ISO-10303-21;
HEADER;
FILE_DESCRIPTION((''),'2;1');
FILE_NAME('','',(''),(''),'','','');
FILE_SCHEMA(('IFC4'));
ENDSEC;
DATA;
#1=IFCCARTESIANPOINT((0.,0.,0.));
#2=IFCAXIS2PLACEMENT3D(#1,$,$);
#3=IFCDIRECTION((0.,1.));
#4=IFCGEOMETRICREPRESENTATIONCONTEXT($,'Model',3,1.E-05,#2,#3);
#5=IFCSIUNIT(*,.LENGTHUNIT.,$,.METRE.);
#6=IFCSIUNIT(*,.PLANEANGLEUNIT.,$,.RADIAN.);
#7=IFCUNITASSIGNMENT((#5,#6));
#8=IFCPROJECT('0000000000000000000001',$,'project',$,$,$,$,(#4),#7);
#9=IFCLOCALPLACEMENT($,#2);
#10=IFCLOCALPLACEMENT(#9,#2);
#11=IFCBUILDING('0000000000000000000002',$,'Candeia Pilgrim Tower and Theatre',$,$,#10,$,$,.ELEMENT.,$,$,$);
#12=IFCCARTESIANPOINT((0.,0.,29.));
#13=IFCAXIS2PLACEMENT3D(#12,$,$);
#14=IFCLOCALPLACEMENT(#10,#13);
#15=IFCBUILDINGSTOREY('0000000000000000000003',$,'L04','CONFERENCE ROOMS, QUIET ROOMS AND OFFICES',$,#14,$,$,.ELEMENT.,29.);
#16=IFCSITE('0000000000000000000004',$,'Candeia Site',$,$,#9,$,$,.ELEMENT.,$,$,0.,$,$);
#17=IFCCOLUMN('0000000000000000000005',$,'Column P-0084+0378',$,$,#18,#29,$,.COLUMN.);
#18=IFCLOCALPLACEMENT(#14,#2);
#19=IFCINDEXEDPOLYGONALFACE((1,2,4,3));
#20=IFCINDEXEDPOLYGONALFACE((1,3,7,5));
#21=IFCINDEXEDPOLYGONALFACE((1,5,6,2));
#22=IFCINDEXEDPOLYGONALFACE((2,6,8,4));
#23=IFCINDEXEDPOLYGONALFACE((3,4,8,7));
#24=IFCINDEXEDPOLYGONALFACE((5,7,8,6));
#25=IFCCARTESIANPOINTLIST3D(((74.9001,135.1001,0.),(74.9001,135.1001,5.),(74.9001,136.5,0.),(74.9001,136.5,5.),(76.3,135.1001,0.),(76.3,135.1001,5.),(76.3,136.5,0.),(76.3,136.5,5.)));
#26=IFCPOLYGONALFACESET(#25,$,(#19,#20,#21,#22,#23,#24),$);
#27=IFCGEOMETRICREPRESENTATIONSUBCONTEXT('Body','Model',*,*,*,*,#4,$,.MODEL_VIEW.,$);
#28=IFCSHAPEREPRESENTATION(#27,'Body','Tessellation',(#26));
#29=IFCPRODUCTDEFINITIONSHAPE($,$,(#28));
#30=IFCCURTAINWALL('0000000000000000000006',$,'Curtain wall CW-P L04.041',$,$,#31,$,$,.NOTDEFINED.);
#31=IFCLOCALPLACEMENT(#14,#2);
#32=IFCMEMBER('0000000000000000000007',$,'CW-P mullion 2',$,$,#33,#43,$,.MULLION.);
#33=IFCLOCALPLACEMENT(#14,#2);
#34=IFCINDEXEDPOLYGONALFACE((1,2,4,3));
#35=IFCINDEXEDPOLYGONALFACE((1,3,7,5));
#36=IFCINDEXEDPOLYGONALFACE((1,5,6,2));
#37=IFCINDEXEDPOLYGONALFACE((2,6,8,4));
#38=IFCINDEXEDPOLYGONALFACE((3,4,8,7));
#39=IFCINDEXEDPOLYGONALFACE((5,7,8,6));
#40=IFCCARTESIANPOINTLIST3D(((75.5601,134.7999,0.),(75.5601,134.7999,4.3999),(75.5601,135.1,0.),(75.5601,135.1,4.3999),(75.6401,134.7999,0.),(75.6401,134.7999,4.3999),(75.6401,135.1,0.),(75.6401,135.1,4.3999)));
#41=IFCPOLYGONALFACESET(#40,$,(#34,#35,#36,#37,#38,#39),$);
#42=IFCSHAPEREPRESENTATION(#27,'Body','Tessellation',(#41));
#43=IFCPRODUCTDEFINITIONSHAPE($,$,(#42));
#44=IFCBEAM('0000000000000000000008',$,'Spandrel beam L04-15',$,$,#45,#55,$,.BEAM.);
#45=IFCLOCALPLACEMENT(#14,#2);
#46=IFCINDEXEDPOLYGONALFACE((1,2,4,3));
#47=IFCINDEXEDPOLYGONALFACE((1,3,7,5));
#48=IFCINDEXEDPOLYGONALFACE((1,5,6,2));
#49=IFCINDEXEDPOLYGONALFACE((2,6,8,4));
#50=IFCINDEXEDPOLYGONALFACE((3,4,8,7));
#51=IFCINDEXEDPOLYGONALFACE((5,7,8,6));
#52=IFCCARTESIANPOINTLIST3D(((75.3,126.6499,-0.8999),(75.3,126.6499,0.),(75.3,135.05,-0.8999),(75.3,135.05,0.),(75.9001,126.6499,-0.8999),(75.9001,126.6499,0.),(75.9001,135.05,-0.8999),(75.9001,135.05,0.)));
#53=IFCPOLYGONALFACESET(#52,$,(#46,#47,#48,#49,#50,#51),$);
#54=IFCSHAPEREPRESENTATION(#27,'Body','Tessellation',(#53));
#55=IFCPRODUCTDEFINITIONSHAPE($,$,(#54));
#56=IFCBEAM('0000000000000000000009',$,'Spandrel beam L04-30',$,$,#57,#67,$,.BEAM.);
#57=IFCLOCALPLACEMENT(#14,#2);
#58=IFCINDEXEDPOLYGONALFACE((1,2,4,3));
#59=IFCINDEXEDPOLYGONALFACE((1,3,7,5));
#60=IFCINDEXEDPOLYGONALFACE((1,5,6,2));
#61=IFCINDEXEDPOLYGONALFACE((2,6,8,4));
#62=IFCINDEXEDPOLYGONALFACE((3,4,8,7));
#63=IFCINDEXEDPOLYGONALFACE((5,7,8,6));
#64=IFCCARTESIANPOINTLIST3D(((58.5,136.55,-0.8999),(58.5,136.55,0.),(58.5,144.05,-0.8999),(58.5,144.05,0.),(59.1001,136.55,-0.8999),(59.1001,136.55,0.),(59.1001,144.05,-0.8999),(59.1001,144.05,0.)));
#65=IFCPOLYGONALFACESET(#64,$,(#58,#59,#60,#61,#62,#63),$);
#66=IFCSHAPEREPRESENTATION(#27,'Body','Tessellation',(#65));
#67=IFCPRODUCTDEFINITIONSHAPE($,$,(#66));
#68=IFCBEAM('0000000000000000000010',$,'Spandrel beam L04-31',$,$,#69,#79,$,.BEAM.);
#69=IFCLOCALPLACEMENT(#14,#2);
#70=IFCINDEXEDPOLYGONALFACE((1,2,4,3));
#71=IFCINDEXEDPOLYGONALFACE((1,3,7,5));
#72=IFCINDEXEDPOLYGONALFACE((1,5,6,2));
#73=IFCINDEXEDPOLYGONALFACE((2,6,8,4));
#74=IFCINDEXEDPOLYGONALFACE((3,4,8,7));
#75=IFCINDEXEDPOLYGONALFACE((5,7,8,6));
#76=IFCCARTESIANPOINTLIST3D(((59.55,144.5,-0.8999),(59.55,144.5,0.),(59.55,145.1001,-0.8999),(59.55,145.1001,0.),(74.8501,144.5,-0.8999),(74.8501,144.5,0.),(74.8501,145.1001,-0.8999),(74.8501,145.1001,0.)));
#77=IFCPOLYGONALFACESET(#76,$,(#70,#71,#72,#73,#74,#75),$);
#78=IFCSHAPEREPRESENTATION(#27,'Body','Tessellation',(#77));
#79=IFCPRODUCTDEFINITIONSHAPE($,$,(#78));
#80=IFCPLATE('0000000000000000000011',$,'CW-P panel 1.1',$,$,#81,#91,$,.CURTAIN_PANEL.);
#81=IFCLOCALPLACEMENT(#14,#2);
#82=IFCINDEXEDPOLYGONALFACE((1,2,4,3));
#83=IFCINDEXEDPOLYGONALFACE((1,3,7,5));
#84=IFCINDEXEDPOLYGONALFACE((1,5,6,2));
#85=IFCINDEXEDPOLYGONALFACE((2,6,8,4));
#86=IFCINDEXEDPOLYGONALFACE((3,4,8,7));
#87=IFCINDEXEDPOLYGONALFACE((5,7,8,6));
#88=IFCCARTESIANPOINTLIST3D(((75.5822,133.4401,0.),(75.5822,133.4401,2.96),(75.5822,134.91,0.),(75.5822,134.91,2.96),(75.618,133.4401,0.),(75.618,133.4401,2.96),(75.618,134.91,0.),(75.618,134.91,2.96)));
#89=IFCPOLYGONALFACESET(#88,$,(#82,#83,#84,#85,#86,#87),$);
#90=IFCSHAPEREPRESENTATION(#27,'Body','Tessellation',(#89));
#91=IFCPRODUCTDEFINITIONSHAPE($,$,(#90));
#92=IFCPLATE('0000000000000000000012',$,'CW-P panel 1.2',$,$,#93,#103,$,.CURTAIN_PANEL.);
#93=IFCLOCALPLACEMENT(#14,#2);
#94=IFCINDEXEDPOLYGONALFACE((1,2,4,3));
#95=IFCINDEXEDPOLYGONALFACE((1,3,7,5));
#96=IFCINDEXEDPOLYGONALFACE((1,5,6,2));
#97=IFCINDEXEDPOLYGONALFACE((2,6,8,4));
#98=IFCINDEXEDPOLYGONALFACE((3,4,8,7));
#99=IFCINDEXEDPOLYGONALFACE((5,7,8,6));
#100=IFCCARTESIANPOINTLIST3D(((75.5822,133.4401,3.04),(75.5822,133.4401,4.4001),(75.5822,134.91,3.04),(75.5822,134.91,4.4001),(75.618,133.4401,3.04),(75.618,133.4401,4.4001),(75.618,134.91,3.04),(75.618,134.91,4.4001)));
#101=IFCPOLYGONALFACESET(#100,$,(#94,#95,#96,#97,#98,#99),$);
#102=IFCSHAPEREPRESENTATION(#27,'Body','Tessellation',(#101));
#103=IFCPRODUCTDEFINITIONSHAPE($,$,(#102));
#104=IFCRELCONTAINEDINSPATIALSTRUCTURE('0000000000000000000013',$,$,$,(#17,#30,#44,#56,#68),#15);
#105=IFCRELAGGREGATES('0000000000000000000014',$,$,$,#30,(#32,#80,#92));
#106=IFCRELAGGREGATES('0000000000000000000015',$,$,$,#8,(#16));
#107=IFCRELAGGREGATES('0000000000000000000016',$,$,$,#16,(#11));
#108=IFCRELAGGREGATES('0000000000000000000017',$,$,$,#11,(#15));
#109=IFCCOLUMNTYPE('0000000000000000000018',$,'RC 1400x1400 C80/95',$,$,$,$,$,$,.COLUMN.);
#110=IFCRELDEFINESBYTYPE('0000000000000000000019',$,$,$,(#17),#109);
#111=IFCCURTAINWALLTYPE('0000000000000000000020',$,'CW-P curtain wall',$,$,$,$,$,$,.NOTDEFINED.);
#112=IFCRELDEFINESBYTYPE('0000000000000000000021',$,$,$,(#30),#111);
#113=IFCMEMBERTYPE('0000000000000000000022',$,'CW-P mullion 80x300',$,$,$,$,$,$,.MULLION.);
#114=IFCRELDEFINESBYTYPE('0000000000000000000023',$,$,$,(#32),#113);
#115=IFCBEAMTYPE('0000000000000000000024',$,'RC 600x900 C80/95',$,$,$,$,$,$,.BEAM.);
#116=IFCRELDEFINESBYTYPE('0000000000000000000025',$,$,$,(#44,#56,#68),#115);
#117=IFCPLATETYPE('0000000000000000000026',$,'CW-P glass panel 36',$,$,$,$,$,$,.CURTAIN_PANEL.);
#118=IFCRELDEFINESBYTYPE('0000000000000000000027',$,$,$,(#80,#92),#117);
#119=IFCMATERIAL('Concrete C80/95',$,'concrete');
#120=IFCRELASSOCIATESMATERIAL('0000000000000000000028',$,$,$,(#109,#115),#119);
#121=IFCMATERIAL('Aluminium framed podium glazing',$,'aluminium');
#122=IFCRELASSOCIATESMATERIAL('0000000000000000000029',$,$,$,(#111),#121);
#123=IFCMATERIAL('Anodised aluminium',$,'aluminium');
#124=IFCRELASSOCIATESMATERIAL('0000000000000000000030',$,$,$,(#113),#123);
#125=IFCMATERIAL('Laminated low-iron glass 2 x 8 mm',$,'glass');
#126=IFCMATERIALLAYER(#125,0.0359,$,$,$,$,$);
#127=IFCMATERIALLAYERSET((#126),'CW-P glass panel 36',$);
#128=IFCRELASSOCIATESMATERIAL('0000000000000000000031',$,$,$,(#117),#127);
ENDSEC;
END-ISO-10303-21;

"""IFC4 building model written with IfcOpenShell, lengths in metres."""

from ifc_helpers import new_model, si_unit, direction, frame, origin, origin_2d, place, context, subcontext, project, spatial, rectangle, extrude, material, layer, layer_set, material_profile, profile_set, type_object, element, aggregate, save


model = new_model("IFC4")

# Units and contexts
model_context = context("Model", 3, precision=1e-05, world=origin(), true_north=direction((0.0, 1.0)))
body_context = subcontext(model_context, "Body", "Model", "MODEL_VIEW")
ifc_project = project(units=[si_unit("LENGTHUNIT", "METRE"), si_unit("PLANEANGLEUNIT", "RADIAN")], contexts=[model_context])

# Site, building, storey
site_placement = place(None, origin())
site = spatial("IfcSite", under=ifc_project, at=site_placement, Name="Candeia Site", CompositionType="ELEMENT", RefElevation=0.0)
building_placement = place(site_placement, origin())
building = spatial("IfcBuilding", under=site, at=building_placement, Name="Candeia Pilgrim Tower and Theatre", CompositionType="ELEMENT")
storey_placement = place(building_placement, frame((0.0, 0.0, 29.0)))
storey = spatial("IfcBuildingStorey", under=building, at=storey_placement, Name="L04", Description="CONFERENCE ROOMS, QUIET ROOMS AND OFFICES", CompositionType="ELEMENT", Elevation=29.0)

# Column
ifc_material_1 = material(Name="Concrete C80/95", Category="concrete")
ifc_material_profile_1 = material_profile(ifc_material_1, rectangle(XDim=1.3999, YDim=1.3999, at=origin_2d()))
ifc_profile_set_1 = profile_set([ifc_material_profile_1], Name="Concrete C80/95")
column_type = type_object("IfcColumnType", Name="RC 1400x1400 C80/95", PredefinedType="COLUMN", material=ifc_profile_set_1)
column_placement = place(storey_placement, frame((75.6001, 135.8, 0.0), z_axis=(0.0, 0.0, 1.0), x_axis=(1.0, 0.0, 0.0)))
element("IfcColumn", 1, at=column_placement, inside=storey, type_object=column_type, Name="Column P-0084+0378", PredefinedType="COLUMN", context=body_context, shape_type="SweptSolid", body=[
    extrude(rectangle(XDim=1.3999, YDim=1.3999, at=origin_2d()), origin(), (0.0, 0.0, 1.0), 5.0),
])

# Curtain wall, member
ifc_material_2 = material(Name="Aluminium framed podium glazing", Category="aluminium")
curtain_wall_type = type_object("IfcCurtainWallType", Name="CW-P curtain wall", PredefinedType="NOTDEFINED", material=ifc_material_2)
curtain_wall_placement = place(storey_placement, origin())
curtain_wall = element("IfcCurtainWall", 2, at=curtain_wall_placement, inside=storey, type_object=curtain_wall_type, Name="Curtain wall CW-P L04.041", PredefinedType="NOTDEFINED")
ifc_material_3 = material(Name="Anodised aluminium", Category="aluminium")
ifc_material_profile_2 = material_profile(ifc_material_3, rectangle(XDim=0.0801, YDim=0.3, at=origin_2d()))
ifc_profile_set_2 = profile_set([ifc_material_profile_2], Name="Anodised aluminium")
member_type = type_object("IfcMemberType", Name="CW-P mullion 80x300", PredefinedType="MULLION", material=ifc_profile_set_2)
member_placement = place(storey_placement, frame((75.6001, 134.95, 0.0), z_axis=(0.0, 0.0, 1.0), x_axis=(-1.0, 0.0, 0.0)))
member = element("IfcMember", 3, at=member_placement, type_object=member_type, Name="CW-P mullion 2", PredefinedType="MULLION", context=body_context, shape_type="SweptSolid", body=[
    extrude(rectangle(XDim=0.0801, YDim=0.3, at=origin_2d()), origin(), (0.0, 0.0, 1.0), 4.3999),
])

# Beams
ifc_material_profile_3 = material_profile(ifc_material_1, rectangle(XDim=0.6001, YDim=0.8999, at=origin_2d()))
ifc_profile_set_3 = profile_set([ifc_material_profile_3], Name="Concrete C80/95")
beam_type = type_object("IfcBeamType", Name="RC 600x900 C80/95", PredefinedType="BEAM", material=ifc_profile_set_3)
beam_1_placement = place(storey_placement, frame((75.6001, 135.05, -0.45), z_axis=(0.0, -1.0, 0.0), x_axis=(1.0, 0.0, 0.0)))
element("IfcBeam", 4, at=beam_1_placement, inside=storey, type_object=beam_type, Name="Spandrel beam L04-15", PredefinedType="BEAM", context=body_context, shape_type="SweptSolid", body=[
    extrude(rectangle(XDim=0.6001, YDim=0.8999, at=origin_2d()), origin(), (0.0, 0.0, 1.0), 8.4001),
])
beam_2_placement = place(storey_placement, frame((58.8, 136.55, -0.45), z_axis=(0.0, 1.0, 0.0), x_axis=(-1.0, 0.0, 0.0)))
element("IfcBeam", 5, at=beam_2_placement, inside=storey, type_object=beam_type, Name="Spandrel beam L04-30", PredefinedType="BEAM", context=body_context, shape_type="SweptSolid", body=[
    extrude(rectangle(XDim=0.6001, YDim=0.8999, at=origin_2d()), origin(), (0.0, 0.0, 1.0), 7.5),
])
beam_3_placement = place(storey_placement, frame((59.55, 144.8, -0.45), z_axis=(1.0, 0.0, 0.0), x_axis=(0.0, 1.0, 0.0)))
element("IfcBeam", 6, at=beam_3_placement, inside=storey, type_object=beam_type, Name="Spandrel beam L04-31", PredefinedType="BEAM", context=body_context, shape_type="SweptSolid", body=[
    extrude(rectangle(XDim=0.6001, YDim=0.8999, at=origin_2d()), origin(), (0.0, 0.0, 1.0), 15.3),
])

# Plates
ifc_material_4 = material(Name="Laminated low-iron glass 2 x 8 mm", Category="glass")
ifc_layer_1 = layer(ifc_material_4, 0.0359)
ifc_layer_set_1 = layer_set([ifc_layer_1], Name="CW-P glass panel 36")
plate_type = type_object("IfcPlateType", Name="CW-P glass panel 36", PredefinedType="CURTAIN_PANEL", material=ifc_layer_set_1)
plate_1_placement = place(storey_placement, frame((75.6001, 134.175, 0.0), z_axis=(0.0, 0.0, 1.0), x_axis=(0.0, 1.0, 0.0)))
plate_1 = element("IfcPlate", 7, at=plate_1_placement, type_object=plate_type, Name="CW-P panel 1.1", PredefinedType="CURTAIN_PANEL", context=body_context, shape_type="SweptSolid", body=[
    extrude(rectangle(XDim=1.47, YDim=0.0359, at=origin_2d()), origin(), (0.0, 0.0, 1.0), 2.96),
])
plate_2_placement = place(storey_placement, frame((75.6001, 134.175, 3.04), z_axis=(0.0, 0.0, 1.0), x_axis=(0.0, 1.0, 0.0)))
plate_2 = element("IfcPlate", 8, at=plate_2_placement, type_object=plate_type, Name="CW-P panel 1.2", PredefinedType="CURTAIN_PANEL", context=body_context, shape_type="SweptSolid", body=[
    extrude(rectangle(XDim=1.47, YDim=0.0359, at=origin_2d()), origin(), (0.0, 0.0, 1.0), 1.3601),
])
aggregate(curtain_wall, [member, plate_1, plate_2])

save(model, "model.ifc")
